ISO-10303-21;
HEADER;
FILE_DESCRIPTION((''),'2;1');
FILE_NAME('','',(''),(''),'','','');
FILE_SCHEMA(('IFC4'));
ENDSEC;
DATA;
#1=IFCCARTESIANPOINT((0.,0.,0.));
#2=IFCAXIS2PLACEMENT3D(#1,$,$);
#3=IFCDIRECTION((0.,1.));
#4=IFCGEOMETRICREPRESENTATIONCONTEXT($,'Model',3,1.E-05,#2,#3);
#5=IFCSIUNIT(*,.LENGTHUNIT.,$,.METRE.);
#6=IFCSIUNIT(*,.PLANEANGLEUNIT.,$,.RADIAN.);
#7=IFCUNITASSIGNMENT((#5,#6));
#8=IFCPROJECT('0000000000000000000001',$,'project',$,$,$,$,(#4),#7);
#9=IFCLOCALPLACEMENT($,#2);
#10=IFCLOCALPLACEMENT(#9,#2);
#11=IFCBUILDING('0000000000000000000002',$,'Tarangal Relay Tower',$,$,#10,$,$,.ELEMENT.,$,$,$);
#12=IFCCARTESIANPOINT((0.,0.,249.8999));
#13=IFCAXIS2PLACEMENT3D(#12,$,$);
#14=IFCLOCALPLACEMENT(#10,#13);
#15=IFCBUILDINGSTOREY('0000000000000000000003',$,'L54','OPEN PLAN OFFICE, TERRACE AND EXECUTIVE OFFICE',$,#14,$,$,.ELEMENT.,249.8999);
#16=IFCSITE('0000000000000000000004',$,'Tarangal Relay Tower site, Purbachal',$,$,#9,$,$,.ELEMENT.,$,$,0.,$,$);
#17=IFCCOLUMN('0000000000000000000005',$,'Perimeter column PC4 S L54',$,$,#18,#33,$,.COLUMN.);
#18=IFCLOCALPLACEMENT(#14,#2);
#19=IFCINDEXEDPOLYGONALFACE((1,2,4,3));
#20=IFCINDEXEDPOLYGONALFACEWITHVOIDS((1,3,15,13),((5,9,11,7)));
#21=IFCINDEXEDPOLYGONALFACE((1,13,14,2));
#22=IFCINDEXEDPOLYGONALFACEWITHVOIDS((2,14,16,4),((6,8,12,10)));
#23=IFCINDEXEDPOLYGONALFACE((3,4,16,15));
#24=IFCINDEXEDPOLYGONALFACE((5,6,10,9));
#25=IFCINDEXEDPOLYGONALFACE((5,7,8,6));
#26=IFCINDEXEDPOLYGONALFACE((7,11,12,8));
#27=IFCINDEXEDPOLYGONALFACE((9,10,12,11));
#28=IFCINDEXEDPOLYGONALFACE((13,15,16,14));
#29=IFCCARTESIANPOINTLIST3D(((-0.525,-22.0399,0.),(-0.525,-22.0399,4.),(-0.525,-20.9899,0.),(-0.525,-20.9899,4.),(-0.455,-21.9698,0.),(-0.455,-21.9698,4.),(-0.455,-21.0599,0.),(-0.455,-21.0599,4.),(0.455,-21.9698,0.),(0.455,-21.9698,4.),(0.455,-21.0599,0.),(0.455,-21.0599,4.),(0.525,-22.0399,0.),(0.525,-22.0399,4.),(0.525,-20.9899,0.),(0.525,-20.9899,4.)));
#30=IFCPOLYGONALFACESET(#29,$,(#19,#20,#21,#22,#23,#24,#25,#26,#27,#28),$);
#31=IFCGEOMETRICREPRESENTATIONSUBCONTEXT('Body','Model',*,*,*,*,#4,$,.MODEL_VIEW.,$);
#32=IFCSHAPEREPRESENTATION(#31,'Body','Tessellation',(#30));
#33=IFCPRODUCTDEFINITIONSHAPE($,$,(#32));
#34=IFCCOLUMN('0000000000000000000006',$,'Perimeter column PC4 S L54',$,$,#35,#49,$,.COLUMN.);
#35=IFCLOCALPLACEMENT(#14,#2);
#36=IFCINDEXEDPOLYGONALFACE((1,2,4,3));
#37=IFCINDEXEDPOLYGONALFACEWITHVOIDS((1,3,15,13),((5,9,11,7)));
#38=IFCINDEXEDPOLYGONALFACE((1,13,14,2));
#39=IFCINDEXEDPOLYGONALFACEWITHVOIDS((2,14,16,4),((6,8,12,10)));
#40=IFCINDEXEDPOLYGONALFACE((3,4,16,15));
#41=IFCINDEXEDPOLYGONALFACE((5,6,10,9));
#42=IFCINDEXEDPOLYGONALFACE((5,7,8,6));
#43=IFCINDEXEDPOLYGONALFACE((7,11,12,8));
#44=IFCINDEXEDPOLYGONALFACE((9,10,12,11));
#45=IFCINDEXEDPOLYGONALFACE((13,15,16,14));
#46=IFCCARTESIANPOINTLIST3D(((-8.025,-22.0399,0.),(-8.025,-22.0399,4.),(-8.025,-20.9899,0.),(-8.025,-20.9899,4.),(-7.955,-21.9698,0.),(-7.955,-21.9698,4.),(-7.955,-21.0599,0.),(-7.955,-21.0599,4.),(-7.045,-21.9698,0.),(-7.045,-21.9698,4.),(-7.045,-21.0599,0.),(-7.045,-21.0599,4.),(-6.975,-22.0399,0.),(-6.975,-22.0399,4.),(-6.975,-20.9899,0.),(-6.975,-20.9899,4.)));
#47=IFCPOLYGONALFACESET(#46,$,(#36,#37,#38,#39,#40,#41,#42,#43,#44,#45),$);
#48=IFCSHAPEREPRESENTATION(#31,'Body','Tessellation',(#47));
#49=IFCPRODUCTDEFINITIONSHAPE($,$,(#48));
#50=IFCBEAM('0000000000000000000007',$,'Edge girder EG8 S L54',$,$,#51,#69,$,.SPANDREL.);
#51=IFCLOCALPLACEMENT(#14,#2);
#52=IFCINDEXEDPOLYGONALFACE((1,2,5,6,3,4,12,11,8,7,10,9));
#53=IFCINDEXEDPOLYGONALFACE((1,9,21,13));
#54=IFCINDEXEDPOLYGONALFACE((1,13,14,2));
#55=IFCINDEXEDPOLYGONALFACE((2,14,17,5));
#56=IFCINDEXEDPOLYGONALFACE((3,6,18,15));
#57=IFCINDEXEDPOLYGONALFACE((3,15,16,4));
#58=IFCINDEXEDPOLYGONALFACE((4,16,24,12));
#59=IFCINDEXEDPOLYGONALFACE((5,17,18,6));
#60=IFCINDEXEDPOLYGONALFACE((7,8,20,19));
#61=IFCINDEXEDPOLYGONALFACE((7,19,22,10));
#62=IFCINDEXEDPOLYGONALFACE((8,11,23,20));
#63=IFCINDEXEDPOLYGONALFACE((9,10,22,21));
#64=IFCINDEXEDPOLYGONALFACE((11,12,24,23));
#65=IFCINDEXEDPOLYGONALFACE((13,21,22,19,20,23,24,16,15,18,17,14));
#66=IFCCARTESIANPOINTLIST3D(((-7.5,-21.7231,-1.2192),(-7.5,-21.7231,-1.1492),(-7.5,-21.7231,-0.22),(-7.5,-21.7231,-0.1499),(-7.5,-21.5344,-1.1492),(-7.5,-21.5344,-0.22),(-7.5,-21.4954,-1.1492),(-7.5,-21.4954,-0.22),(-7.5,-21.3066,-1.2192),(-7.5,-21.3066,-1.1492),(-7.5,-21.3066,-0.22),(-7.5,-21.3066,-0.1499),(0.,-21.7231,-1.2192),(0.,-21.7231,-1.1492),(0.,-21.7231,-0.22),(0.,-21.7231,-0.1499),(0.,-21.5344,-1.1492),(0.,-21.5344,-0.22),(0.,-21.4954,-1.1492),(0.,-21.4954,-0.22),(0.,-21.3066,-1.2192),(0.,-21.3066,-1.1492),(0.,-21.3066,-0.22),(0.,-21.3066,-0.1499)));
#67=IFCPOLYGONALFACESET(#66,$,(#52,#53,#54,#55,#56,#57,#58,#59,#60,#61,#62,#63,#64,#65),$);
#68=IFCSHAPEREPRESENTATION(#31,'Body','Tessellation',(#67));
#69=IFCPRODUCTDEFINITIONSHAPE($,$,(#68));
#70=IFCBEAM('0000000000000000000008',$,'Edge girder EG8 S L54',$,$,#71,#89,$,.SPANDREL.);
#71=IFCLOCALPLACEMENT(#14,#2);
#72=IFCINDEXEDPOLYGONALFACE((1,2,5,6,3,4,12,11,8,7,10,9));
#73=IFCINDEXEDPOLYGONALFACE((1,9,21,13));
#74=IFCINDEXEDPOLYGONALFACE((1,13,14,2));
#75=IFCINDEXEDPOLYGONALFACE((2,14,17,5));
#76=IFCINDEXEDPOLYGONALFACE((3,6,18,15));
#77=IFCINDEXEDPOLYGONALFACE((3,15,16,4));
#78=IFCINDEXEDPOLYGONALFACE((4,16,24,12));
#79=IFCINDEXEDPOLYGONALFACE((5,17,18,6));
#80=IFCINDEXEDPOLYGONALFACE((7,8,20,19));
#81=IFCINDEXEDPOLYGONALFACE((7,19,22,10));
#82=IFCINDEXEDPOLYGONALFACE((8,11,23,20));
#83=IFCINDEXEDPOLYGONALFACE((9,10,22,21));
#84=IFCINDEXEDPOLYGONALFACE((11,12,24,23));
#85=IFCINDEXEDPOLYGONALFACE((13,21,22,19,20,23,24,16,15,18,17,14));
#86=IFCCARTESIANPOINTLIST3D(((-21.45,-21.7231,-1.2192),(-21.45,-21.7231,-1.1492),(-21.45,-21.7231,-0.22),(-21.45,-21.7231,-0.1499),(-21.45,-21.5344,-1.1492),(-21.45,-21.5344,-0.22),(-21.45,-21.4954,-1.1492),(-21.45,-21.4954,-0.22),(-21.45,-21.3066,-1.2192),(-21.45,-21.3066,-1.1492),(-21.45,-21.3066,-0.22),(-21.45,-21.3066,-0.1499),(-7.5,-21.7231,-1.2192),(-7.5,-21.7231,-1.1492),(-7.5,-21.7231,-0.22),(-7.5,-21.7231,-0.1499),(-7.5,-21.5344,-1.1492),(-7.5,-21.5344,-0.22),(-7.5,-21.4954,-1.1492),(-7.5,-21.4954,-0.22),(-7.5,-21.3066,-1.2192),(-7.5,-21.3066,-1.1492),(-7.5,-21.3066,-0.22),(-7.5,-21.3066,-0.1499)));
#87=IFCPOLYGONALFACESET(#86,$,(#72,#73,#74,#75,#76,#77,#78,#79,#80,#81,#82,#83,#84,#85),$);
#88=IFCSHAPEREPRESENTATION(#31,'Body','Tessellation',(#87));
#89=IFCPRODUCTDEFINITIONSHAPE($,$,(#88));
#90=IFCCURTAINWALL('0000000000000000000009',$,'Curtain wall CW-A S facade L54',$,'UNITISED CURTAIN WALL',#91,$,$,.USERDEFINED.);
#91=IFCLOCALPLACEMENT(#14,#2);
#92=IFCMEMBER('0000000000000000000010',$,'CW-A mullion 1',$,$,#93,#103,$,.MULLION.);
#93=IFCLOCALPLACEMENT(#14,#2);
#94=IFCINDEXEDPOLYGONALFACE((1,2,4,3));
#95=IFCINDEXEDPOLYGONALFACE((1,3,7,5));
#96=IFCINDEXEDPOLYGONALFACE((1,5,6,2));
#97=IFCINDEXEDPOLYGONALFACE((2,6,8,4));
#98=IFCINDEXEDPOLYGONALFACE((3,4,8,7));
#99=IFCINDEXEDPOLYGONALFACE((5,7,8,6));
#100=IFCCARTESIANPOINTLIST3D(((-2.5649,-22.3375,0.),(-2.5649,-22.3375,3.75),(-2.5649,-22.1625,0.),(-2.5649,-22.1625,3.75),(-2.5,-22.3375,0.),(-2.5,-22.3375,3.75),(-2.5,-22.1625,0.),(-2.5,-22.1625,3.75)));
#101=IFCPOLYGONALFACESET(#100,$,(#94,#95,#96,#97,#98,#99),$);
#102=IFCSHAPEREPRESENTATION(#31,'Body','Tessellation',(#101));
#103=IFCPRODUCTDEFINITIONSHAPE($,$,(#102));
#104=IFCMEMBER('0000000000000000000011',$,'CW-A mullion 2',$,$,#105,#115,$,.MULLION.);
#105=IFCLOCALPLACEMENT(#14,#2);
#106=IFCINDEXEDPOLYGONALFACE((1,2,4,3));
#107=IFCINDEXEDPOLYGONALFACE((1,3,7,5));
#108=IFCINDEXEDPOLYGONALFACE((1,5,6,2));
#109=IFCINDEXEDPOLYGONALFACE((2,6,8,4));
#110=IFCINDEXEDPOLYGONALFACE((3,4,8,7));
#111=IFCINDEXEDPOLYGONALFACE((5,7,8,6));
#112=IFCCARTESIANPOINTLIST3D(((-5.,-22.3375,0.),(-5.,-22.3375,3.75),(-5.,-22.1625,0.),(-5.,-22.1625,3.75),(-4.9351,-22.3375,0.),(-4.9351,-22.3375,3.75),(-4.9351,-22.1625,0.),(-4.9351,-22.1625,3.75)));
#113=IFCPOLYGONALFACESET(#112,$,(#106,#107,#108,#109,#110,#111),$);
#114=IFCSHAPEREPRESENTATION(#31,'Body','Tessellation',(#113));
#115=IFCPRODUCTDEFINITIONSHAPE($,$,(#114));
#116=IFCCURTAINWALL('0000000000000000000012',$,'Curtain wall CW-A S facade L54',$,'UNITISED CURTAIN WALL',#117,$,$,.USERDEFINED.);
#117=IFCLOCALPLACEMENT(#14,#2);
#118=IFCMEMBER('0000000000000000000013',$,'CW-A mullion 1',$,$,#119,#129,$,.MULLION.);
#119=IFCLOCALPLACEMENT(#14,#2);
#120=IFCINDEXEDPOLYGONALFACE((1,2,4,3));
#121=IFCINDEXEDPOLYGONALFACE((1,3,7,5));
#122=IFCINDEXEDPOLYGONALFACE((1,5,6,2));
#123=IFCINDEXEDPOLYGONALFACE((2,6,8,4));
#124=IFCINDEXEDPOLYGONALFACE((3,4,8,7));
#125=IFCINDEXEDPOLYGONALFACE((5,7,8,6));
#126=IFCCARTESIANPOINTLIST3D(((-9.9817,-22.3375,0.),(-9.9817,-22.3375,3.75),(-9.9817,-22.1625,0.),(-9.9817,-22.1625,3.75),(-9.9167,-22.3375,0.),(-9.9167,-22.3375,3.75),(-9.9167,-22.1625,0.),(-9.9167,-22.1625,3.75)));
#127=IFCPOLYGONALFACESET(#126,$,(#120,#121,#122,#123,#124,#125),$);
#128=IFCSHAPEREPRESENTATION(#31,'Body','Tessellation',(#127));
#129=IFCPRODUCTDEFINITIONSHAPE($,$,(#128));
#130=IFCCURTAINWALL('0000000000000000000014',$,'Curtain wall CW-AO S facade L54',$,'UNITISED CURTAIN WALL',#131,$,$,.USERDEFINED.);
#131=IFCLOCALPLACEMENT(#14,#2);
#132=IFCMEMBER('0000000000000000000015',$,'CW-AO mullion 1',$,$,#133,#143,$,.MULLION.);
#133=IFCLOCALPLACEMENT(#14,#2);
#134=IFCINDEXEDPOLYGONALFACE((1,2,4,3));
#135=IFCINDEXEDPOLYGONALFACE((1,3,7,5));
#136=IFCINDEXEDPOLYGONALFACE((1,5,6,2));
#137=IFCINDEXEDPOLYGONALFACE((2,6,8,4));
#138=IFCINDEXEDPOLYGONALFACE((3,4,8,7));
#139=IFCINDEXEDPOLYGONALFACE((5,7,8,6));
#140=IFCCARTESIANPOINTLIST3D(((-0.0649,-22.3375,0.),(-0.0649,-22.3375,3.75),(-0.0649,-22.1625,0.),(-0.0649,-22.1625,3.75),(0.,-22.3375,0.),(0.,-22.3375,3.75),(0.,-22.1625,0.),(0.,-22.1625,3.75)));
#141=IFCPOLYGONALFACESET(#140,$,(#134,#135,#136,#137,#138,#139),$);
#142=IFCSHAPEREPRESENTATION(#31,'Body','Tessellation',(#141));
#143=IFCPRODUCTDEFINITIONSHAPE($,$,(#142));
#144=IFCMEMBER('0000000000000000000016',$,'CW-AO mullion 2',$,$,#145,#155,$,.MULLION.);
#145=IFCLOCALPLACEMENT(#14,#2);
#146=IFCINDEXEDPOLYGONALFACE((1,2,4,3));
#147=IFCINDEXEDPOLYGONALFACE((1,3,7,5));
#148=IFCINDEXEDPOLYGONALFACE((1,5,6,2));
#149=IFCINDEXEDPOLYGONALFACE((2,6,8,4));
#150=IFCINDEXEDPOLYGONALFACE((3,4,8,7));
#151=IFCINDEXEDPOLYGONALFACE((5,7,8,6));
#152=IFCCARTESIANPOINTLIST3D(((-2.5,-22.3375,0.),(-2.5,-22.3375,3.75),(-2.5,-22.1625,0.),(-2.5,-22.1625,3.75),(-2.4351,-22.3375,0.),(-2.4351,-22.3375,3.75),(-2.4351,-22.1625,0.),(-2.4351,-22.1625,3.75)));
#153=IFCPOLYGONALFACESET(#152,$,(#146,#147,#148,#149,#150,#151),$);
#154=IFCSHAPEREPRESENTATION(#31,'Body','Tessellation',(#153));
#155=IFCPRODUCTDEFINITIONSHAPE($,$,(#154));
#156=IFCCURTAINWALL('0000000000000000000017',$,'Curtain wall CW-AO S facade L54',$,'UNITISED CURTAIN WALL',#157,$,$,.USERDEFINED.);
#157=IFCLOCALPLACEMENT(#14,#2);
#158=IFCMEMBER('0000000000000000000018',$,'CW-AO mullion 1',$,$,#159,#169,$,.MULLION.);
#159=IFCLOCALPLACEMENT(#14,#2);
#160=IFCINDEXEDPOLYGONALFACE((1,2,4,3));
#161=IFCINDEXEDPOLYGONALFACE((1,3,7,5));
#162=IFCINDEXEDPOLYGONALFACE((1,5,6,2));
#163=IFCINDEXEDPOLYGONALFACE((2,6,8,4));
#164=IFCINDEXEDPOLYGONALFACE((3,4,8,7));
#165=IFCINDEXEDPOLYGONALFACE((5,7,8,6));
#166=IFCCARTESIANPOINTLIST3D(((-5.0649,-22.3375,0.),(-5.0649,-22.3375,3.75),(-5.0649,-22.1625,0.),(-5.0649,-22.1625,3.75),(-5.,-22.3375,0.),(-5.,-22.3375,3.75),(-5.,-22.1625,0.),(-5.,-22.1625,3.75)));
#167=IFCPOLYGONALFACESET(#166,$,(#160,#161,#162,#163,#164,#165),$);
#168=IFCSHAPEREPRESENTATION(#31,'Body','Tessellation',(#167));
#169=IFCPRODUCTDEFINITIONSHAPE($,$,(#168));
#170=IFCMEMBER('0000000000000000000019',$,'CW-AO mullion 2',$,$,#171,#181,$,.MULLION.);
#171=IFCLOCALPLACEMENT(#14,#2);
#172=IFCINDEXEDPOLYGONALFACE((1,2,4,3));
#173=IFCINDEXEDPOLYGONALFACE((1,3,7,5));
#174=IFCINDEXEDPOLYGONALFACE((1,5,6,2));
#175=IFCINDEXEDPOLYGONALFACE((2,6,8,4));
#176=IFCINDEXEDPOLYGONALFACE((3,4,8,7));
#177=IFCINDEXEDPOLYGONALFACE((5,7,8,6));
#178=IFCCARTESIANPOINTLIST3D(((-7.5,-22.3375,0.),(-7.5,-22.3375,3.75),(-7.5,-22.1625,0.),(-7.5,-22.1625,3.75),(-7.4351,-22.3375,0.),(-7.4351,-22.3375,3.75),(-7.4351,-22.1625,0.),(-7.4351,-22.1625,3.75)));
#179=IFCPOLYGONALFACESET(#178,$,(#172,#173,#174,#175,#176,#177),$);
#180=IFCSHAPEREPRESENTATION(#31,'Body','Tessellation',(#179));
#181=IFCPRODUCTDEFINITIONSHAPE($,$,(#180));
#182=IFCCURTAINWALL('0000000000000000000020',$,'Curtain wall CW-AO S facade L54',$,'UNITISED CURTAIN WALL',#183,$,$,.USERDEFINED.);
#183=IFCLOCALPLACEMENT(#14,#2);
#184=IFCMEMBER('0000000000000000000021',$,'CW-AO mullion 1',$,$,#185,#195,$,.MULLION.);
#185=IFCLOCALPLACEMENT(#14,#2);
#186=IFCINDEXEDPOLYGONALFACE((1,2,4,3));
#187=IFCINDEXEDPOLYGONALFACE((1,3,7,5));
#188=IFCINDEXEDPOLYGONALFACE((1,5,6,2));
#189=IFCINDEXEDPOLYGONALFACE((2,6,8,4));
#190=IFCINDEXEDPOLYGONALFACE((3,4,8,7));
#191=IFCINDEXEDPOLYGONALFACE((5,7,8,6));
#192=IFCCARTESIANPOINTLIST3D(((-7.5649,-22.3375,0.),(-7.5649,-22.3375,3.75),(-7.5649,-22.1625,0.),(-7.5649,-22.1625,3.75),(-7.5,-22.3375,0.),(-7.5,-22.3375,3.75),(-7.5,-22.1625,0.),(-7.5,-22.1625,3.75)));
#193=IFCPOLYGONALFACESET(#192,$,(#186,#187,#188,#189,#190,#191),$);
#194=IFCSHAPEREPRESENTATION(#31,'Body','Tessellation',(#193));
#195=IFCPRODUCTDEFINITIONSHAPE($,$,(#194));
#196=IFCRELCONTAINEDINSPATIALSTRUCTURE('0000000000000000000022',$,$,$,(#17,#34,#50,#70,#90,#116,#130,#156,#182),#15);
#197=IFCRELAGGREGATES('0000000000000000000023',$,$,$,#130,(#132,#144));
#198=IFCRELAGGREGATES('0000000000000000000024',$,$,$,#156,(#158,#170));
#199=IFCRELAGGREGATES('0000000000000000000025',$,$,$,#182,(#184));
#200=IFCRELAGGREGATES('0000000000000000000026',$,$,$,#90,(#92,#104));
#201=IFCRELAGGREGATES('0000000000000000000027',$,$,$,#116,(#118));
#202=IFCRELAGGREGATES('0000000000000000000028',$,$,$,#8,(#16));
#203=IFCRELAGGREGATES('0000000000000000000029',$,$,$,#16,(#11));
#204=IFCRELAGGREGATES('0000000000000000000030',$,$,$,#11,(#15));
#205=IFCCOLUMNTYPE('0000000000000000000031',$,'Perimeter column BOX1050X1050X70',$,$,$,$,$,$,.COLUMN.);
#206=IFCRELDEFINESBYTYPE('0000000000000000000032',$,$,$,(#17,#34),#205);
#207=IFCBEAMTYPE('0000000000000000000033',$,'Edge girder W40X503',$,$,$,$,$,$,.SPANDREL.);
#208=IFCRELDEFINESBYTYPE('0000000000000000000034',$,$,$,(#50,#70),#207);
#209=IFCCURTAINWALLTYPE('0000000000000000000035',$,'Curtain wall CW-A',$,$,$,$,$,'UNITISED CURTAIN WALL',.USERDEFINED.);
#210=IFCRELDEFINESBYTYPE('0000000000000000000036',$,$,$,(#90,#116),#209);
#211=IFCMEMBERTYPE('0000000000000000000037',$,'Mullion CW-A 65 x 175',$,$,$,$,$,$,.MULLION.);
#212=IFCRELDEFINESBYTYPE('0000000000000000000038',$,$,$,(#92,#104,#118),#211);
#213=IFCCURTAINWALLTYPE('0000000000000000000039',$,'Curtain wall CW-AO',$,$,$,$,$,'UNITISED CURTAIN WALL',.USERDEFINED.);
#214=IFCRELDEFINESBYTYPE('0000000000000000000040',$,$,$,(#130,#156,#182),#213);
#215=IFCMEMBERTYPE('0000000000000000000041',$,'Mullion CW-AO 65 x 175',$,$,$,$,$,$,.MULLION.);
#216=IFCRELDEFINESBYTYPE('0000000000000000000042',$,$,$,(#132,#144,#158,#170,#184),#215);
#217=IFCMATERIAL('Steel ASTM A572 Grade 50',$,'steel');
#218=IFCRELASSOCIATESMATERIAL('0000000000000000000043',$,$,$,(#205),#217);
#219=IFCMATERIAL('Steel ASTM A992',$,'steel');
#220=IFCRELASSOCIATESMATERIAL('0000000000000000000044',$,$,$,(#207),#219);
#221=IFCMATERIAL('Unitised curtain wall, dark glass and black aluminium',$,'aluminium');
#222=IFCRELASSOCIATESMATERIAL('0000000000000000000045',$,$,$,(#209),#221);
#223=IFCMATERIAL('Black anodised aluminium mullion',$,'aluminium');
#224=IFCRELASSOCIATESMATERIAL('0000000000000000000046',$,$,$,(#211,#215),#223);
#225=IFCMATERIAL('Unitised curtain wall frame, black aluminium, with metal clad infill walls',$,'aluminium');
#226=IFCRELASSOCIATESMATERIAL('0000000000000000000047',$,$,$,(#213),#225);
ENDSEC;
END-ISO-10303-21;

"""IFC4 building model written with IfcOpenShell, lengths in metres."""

from ifc_helpers import new_model, si_unit, direction, frame, origin, origin_2d, place, context, subcontext, project, spatial, rectangle, hollow_rectangle, i_section, extrude, material, material_profile, profile_set, type_object, element, aggregate, save


model = new_model("IFC4")

# Units and contexts
model_context = context("Model", 3, precision=1e-05, world=origin(), true_north=direction((0.0, 1.0)))
body_context = subcontext(model_context, "Body", "Model", "MODEL_VIEW")
ifc_project = project(units=[si_unit("LENGTHUNIT", "METRE"), si_unit("PLANEANGLEUNIT", "RADIAN")], contexts=[model_context])

# Site, building, storey
site_placement = place(None, origin())
site = spatial("IfcSite", under=ifc_project, at=site_placement, Name="Tarangal Relay Tower site, Purbachal", CompositionType="ELEMENT", RefElevation=0.0)
building_placement = place(site_placement, origin())
building = spatial("IfcBuilding", under=site, at=building_placement, Name="Tarangal Relay Tower", CompositionType="ELEMENT")
storey_placement = place(building_placement, frame((0.0, 0.0, 249.8999)))
storey = spatial("IfcBuildingStorey", under=building, at=storey_placement, Name="L54", Description="OPEN PLAN OFFICE, TERRACE AND EXECUTIVE OFFICE", CompositionType="ELEMENT", Elevation=249.8999)

# Columns
ifc_material_1 = material(Name="Steel ASTM A572 Grade 50", Category="steel")
ifc_material_profile_1 = material_profile(ifc_material_1, hollow_rectangle(XDim=1.05, YDim=1.05, WallThickness=0.0701, at=origin_2d()), Name="BOX1050X1050X70")
ifc_profile_set_1 = profile_set([ifc_material_profile_1], Name="Steel ASTM A572 Grade 50")
column_type = type_object("IfcColumnType", Name="Perimeter column BOX1050X1050X70", PredefinedType="COLUMN", material=ifc_profile_set_1)
for number, where, z_axis, x_axis, name in (
    (1, (0.0, -21.5149, 0.0), (0.0, 0.0, 1.0), (1.0, 0.0, 0.0), "Perimeter column PC4 S L54"),
    (2, (-7.5, -21.5149, 0.0), (0.0, 0.0, 1.0), (1.0, 0.0, 0.0), "Perimeter column PC4 S L54"),
):
    element("IfcColumn", number, at=place(storey_placement, frame(where, z_axis=z_axis, x_axis=x_axis)), inside=storey, type_object=column_type, Name=name, PredefinedType="COLUMN", context=body_context, shape_type="SweptSolid", body=[
        extrude(hollow_rectangle(XDim=1.05, YDim=1.05, WallThickness=0.0701, at=origin_2d()), origin(), (0.0, 0.0, 1.0), 4.0),
    ])

# Beams
ifc_material_2 = material(Name="Steel ASTM A992", Category="steel")
ifc_material_profile_2 = material_profile(ifc_material_2, i_section(OverallWidth=0.4165, OverallDepth=1.0693, WebThickness=0.0391, FlangeThickness=0.0701, at=origin_2d()), Name="W40X503")
ifc_profile_set_2 = profile_set([ifc_material_profile_2], Name="Steel ASTM A992")
beam_type = type_object("IfcBeamType", Name="Edge girder W40X503", PredefinedType="SPANDREL", material=ifc_profile_set_2)
beam_1_placement = place(storey_placement, frame((0.0, -21.5149, -0.6846), z_axis=(-1.0, 0.0, 0.0), x_axis=(0.0, -1.0, 0.0)))
element("IfcBeam", 3, at=beam_1_placement, inside=storey, type_object=beam_type, Name="Edge girder EG8 S L54", PredefinedType="SPANDREL", context=body_context, shape_type="SweptSolid", body=[
    extrude(i_section(OverallWidth=0.4165, OverallDepth=1.0693, WebThickness=0.0391, FlangeThickness=0.0701, at=origin_2d()), origin(), (0.0, 0.0, 1.0), 7.5),
])
beam_2_placement = place(storey_placement, frame((-7.5, -21.5149, -0.6846), z_axis=(-1.0, 0.0, 0.0), x_axis=(0.0, -1.0, 0.0)))
element("IfcBeam", 4, at=beam_2_placement, inside=storey, type_object=beam_type, Name="Edge girder EG8 S L54", PredefinedType="SPANDREL", context=body_context, shape_type="SweptSolid", body=[
    extrude(i_section(OverallWidth=0.4165, OverallDepth=1.0693, WebThickness=0.0391, FlangeThickness=0.0701, at=origin_2d()), origin(), (0.0, 0.0, 1.0), 13.95),
])

# Curtain wall, members
ifc_material_3 = material(Name="Unitised curtain wall, dark glass and black aluminium", Category="aluminium")
curtain_wall_type_1 = type_object("IfcCurtainWallType", Name="Curtain wall CW-A", ElementType="UNITISED CURTAIN WALL", PredefinedType="USERDEFINED", material=ifc_material_3)
curtain_wall_1_placement = place(storey_placement, origin())
curtain_wall_1 = element("IfcCurtainWall", 5, at=curtain_wall_1_placement, inside=storey, type_object=curtain_wall_type_1, Name="Curtain wall CW-A S facade L54", ObjectType="UNITISED CURTAIN WALL", PredefinedType="USERDEFINED")
ifc_material_4 = material(Name="Black anodised aluminium mullion", Category="aluminium")
ifc_material_profile_3 = material_profile(ifc_material_4, rectangle(XDim=0.175, YDim=0.0649, at=origin_2d()), Name="CW-AM 65X175")
ifc_profile_set_3 = profile_set([ifc_material_profile_3], Name="Black anodised aluminium mullion")
member_type_1 = type_object("IfcMemberType", Name="Mullion CW-A 65 x 175", PredefinedType="MULLION", material=ifc_profile_set_3)
member_1_placement = place(storey_placement, frame((-2.5325, -22.25, 0.0), z_axis=(0.0, 0.0, 1.0), x_axis=(0.0, -1.0, 0.0)))
member_1 = element("IfcMember", 6, at=member_1_placement, type_object=member_type_1, Name="CW-A mullion 1", PredefinedType="MULLION", context=body_context, shape_type="SweptSolid", body=[
    extrude(rectangle(XDim=0.175, YDim=0.0649, at=origin_2d()), origin(), (0.0, 0.0, 1.0), 3.75),
])
member_2_placement = place(storey_placement, frame((-4.9675, -22.25, 0.0), z_axis=(0.0, 0.0, 1.0), x_axis=(0.0, -1.0, 0.0)))
member_2 = element("IfcMember", 7, at=member_2_placement, type_object=member_type_1, Name="CW-A mullion 2", PredefinedType="MULLION", context=body_context, shape_type="SweptSolid", body=[
    extrude(rectangle(XDim=0.175, YDim=0.0649, at=origin_2d()), origin(), (0.0, 0.0, 1.0), 3.75),
])

# Curtain wall, member
curtain_wall_2_placement = place(storey_placement, origin())
curtain_wall_2 = element("IfcCurtainWall", 8, at=curtain_wall_2_placement, inside=storey, type_object=curtain_wall_type_1, Name="Curtain wall CW-A S facade L54", ObjectType="UNITISED CURTAIN WALL", PredefinedType="USERDEFINED")
member_3_placement = place(storey_placement, frame((-9.9492, -22.25, 0.0), z_axis=(0.0, 0.0, 1.0), x_axis=(0.0, -1.0, 0.0)))
member_3 = element("IfcMember", 9, at=member_3_placement, type_object=member_type_1, Name="CW-A mullion 1", PredefinedType="MULLION", context=body_context, shape_type="SweptSolid", body=[
    extrude(rectangle(XDim=0.175, YDim=0.0649, at=origin_2d()), origin(), (0.0, 0.0, 1.0), 3.75),
])

# Curtain walls, members
ifc_material_5 = material(Name="Unitised curtain wall frame, black aluminium, with metal clad infill walls", Category="aluminium")
curtain_wall_type_2 = type_object("IfcCurtainWallType", Name="Curtain wall CW-AO", ElementType="UNITISED CURTAIN WALL", PredefinedType="USERDEFINED", material=ifc_material_5)
curtain_wall_3_placement = place(storey_placement, origin())
curtain_wall_3 = element("IfcCurtainWall", 10, at=curtain_wall_3_placement, inside=storey, type_object=curtain_wall_type_2, Name="Curtain wall CW-AO S facade L54", ObjectType="UNITISED CURTAIN WALL", PredefinedType="USERDEFINED")
ifc_material_profile_4 = material_profile(ifc_material_4, rectangle(XDim=0.175, YDim=0.0649, at=origin_2d()), Name="CW-AOM 65X175")
ifc_profile_set_4 = profile_set([ifc_material_profile_4], Name="Black anodised aluminium mullion")
member_type_2 = type_object("IfcMemberType", Name="Mullion CW-AO 65 x 175", PredefinedType="MULLION", material=ifc_profile_set_4)
member_4_placement = place(storey_placement, frame((-0.0325, -22.25, 0.0), z_axis=(0.0, 0.0, 1.0), x_axis=(0.0, -1.0, 0.0)))
member_4 = element("IfcMember", 11, at=member_4_placement, type_object=member_type_2, Name="CW-AO mullion 1", PredefinedType="MULLION", context=body_context, shape_type="SweptSolid", body=[
    extrude(rectangle(XDim=0.175, YDim=0.0649, at=origin_2d()), origin(), (0.0, 0.0, 1.0), 3.75),
])
member_5_placement = place(storey_placement, frame((-2.4675, -22.25, 0.0), z_axis=(0.0, 0.0, 1.0), x_axis=(0.0, -1.0, 0.0)))
member_5 = element("IfcMember", 12, at=member_5_placement, type_object=member_type_2, Name="CW-AO mullion 2", PredefinedType="MULLION", context=body_context, shape_type="SweptSolid", body=[
    extrude(rectangle(XDim=0.175, YDim=0.0649, at=origin_2d()), origin(), (0.0, 0.0, 1.0), 3.75),
])
curtain_wall_4_placement = place(storey_placement, origin())
curtain_wall_4 = element("IfcCurtainWall", 13, at=curtain_wall_4_placement, inside=storey, type_object=curtain_wall_type_2, Name="Curtain wall CW-AO S facade L54", ObjectType="UNITISED CURTAIN WALL", PredefinedType="USERDEFINED")
member_6_placement = place(storey_placement, frame((-5.0325, -22.25, 0.0), z_axis=(0.0, 0.0, 1.0), x_axis=(0.0, -1.0, 0.0)))
member_6 = element("IfcMember", 14, at=member_6_placement, type_object=member_type_2, Name="CW-AO mullion 1", PredefinedType="MULLION", context=body_context, shape_type="SweptSolid", body=[
    extrude(rectangle(XDim=0.175, YDim=0.0649, at=origin_2d()), origin(), (0.0, 0.0, 1.0), 3.75),
])
member_7_placement = place(storey_placement, frame((-7.4675, -22.25, 0.0), z_axis=(0.0, 0.0, 1.0), x_axis=(0.0, -1.0, 0.0)))
member_7 = element("IfcMember", 15, at=member_7_placement, type_object=member_type_2, Name="CW-AO mullion 2", PredefinedType="MULLION", context=body_context, shape_type="SweptSolid", body=[
    extrude(rectangle(XDim=0.175, YDim=0.0649, at=origin_2d()), origin(), (0.0, 0.0, 1.0), 3.75),
])
curtain_wall_5_placement = place(storey_placement, origin())
curtain_wall_5 = element("IfcCurtainWall", 16, at=curtain_wall_5_placement, inside=storey, type_object=curtain_wall_type_2, Name="Curtain wall CW-AO S facade L54", ObjectType="UNITISED CURTAIN WALL", PredefinedType="USERDEFINED")
member_8_placement = place(storey_placement, frame((-7.5325, -22.25, 0.0), z_axis=(0.0, 0.0, 1.0), x_axis=(0.0, -1.0, 0.0)))
member_8 = element("IfcMember", 17, at=member_8_placement, type_object=member_type_2, Name="CW-AO mullion 1", PredefinedType="MULLION", context=body_context, shape_type="SweptSolid", body=[
    extrude(rectangle(XDim=0.175, YDim=0.0649, at=origin_2d()), origin(), (0.0, 0.0, 1.0), 3.75),
])

aggregate(curtain_wall_3, [member_4, member_5])
aggregate(curtain_wall_4, [member_6, member_7])
aggregate(curtain_wall_5, [member_8])

aggregate(curtain_wall_1, [member_1, member_2])
aggregate(curtain_wall_2, [member_3])

save(model, "model.ifc")
